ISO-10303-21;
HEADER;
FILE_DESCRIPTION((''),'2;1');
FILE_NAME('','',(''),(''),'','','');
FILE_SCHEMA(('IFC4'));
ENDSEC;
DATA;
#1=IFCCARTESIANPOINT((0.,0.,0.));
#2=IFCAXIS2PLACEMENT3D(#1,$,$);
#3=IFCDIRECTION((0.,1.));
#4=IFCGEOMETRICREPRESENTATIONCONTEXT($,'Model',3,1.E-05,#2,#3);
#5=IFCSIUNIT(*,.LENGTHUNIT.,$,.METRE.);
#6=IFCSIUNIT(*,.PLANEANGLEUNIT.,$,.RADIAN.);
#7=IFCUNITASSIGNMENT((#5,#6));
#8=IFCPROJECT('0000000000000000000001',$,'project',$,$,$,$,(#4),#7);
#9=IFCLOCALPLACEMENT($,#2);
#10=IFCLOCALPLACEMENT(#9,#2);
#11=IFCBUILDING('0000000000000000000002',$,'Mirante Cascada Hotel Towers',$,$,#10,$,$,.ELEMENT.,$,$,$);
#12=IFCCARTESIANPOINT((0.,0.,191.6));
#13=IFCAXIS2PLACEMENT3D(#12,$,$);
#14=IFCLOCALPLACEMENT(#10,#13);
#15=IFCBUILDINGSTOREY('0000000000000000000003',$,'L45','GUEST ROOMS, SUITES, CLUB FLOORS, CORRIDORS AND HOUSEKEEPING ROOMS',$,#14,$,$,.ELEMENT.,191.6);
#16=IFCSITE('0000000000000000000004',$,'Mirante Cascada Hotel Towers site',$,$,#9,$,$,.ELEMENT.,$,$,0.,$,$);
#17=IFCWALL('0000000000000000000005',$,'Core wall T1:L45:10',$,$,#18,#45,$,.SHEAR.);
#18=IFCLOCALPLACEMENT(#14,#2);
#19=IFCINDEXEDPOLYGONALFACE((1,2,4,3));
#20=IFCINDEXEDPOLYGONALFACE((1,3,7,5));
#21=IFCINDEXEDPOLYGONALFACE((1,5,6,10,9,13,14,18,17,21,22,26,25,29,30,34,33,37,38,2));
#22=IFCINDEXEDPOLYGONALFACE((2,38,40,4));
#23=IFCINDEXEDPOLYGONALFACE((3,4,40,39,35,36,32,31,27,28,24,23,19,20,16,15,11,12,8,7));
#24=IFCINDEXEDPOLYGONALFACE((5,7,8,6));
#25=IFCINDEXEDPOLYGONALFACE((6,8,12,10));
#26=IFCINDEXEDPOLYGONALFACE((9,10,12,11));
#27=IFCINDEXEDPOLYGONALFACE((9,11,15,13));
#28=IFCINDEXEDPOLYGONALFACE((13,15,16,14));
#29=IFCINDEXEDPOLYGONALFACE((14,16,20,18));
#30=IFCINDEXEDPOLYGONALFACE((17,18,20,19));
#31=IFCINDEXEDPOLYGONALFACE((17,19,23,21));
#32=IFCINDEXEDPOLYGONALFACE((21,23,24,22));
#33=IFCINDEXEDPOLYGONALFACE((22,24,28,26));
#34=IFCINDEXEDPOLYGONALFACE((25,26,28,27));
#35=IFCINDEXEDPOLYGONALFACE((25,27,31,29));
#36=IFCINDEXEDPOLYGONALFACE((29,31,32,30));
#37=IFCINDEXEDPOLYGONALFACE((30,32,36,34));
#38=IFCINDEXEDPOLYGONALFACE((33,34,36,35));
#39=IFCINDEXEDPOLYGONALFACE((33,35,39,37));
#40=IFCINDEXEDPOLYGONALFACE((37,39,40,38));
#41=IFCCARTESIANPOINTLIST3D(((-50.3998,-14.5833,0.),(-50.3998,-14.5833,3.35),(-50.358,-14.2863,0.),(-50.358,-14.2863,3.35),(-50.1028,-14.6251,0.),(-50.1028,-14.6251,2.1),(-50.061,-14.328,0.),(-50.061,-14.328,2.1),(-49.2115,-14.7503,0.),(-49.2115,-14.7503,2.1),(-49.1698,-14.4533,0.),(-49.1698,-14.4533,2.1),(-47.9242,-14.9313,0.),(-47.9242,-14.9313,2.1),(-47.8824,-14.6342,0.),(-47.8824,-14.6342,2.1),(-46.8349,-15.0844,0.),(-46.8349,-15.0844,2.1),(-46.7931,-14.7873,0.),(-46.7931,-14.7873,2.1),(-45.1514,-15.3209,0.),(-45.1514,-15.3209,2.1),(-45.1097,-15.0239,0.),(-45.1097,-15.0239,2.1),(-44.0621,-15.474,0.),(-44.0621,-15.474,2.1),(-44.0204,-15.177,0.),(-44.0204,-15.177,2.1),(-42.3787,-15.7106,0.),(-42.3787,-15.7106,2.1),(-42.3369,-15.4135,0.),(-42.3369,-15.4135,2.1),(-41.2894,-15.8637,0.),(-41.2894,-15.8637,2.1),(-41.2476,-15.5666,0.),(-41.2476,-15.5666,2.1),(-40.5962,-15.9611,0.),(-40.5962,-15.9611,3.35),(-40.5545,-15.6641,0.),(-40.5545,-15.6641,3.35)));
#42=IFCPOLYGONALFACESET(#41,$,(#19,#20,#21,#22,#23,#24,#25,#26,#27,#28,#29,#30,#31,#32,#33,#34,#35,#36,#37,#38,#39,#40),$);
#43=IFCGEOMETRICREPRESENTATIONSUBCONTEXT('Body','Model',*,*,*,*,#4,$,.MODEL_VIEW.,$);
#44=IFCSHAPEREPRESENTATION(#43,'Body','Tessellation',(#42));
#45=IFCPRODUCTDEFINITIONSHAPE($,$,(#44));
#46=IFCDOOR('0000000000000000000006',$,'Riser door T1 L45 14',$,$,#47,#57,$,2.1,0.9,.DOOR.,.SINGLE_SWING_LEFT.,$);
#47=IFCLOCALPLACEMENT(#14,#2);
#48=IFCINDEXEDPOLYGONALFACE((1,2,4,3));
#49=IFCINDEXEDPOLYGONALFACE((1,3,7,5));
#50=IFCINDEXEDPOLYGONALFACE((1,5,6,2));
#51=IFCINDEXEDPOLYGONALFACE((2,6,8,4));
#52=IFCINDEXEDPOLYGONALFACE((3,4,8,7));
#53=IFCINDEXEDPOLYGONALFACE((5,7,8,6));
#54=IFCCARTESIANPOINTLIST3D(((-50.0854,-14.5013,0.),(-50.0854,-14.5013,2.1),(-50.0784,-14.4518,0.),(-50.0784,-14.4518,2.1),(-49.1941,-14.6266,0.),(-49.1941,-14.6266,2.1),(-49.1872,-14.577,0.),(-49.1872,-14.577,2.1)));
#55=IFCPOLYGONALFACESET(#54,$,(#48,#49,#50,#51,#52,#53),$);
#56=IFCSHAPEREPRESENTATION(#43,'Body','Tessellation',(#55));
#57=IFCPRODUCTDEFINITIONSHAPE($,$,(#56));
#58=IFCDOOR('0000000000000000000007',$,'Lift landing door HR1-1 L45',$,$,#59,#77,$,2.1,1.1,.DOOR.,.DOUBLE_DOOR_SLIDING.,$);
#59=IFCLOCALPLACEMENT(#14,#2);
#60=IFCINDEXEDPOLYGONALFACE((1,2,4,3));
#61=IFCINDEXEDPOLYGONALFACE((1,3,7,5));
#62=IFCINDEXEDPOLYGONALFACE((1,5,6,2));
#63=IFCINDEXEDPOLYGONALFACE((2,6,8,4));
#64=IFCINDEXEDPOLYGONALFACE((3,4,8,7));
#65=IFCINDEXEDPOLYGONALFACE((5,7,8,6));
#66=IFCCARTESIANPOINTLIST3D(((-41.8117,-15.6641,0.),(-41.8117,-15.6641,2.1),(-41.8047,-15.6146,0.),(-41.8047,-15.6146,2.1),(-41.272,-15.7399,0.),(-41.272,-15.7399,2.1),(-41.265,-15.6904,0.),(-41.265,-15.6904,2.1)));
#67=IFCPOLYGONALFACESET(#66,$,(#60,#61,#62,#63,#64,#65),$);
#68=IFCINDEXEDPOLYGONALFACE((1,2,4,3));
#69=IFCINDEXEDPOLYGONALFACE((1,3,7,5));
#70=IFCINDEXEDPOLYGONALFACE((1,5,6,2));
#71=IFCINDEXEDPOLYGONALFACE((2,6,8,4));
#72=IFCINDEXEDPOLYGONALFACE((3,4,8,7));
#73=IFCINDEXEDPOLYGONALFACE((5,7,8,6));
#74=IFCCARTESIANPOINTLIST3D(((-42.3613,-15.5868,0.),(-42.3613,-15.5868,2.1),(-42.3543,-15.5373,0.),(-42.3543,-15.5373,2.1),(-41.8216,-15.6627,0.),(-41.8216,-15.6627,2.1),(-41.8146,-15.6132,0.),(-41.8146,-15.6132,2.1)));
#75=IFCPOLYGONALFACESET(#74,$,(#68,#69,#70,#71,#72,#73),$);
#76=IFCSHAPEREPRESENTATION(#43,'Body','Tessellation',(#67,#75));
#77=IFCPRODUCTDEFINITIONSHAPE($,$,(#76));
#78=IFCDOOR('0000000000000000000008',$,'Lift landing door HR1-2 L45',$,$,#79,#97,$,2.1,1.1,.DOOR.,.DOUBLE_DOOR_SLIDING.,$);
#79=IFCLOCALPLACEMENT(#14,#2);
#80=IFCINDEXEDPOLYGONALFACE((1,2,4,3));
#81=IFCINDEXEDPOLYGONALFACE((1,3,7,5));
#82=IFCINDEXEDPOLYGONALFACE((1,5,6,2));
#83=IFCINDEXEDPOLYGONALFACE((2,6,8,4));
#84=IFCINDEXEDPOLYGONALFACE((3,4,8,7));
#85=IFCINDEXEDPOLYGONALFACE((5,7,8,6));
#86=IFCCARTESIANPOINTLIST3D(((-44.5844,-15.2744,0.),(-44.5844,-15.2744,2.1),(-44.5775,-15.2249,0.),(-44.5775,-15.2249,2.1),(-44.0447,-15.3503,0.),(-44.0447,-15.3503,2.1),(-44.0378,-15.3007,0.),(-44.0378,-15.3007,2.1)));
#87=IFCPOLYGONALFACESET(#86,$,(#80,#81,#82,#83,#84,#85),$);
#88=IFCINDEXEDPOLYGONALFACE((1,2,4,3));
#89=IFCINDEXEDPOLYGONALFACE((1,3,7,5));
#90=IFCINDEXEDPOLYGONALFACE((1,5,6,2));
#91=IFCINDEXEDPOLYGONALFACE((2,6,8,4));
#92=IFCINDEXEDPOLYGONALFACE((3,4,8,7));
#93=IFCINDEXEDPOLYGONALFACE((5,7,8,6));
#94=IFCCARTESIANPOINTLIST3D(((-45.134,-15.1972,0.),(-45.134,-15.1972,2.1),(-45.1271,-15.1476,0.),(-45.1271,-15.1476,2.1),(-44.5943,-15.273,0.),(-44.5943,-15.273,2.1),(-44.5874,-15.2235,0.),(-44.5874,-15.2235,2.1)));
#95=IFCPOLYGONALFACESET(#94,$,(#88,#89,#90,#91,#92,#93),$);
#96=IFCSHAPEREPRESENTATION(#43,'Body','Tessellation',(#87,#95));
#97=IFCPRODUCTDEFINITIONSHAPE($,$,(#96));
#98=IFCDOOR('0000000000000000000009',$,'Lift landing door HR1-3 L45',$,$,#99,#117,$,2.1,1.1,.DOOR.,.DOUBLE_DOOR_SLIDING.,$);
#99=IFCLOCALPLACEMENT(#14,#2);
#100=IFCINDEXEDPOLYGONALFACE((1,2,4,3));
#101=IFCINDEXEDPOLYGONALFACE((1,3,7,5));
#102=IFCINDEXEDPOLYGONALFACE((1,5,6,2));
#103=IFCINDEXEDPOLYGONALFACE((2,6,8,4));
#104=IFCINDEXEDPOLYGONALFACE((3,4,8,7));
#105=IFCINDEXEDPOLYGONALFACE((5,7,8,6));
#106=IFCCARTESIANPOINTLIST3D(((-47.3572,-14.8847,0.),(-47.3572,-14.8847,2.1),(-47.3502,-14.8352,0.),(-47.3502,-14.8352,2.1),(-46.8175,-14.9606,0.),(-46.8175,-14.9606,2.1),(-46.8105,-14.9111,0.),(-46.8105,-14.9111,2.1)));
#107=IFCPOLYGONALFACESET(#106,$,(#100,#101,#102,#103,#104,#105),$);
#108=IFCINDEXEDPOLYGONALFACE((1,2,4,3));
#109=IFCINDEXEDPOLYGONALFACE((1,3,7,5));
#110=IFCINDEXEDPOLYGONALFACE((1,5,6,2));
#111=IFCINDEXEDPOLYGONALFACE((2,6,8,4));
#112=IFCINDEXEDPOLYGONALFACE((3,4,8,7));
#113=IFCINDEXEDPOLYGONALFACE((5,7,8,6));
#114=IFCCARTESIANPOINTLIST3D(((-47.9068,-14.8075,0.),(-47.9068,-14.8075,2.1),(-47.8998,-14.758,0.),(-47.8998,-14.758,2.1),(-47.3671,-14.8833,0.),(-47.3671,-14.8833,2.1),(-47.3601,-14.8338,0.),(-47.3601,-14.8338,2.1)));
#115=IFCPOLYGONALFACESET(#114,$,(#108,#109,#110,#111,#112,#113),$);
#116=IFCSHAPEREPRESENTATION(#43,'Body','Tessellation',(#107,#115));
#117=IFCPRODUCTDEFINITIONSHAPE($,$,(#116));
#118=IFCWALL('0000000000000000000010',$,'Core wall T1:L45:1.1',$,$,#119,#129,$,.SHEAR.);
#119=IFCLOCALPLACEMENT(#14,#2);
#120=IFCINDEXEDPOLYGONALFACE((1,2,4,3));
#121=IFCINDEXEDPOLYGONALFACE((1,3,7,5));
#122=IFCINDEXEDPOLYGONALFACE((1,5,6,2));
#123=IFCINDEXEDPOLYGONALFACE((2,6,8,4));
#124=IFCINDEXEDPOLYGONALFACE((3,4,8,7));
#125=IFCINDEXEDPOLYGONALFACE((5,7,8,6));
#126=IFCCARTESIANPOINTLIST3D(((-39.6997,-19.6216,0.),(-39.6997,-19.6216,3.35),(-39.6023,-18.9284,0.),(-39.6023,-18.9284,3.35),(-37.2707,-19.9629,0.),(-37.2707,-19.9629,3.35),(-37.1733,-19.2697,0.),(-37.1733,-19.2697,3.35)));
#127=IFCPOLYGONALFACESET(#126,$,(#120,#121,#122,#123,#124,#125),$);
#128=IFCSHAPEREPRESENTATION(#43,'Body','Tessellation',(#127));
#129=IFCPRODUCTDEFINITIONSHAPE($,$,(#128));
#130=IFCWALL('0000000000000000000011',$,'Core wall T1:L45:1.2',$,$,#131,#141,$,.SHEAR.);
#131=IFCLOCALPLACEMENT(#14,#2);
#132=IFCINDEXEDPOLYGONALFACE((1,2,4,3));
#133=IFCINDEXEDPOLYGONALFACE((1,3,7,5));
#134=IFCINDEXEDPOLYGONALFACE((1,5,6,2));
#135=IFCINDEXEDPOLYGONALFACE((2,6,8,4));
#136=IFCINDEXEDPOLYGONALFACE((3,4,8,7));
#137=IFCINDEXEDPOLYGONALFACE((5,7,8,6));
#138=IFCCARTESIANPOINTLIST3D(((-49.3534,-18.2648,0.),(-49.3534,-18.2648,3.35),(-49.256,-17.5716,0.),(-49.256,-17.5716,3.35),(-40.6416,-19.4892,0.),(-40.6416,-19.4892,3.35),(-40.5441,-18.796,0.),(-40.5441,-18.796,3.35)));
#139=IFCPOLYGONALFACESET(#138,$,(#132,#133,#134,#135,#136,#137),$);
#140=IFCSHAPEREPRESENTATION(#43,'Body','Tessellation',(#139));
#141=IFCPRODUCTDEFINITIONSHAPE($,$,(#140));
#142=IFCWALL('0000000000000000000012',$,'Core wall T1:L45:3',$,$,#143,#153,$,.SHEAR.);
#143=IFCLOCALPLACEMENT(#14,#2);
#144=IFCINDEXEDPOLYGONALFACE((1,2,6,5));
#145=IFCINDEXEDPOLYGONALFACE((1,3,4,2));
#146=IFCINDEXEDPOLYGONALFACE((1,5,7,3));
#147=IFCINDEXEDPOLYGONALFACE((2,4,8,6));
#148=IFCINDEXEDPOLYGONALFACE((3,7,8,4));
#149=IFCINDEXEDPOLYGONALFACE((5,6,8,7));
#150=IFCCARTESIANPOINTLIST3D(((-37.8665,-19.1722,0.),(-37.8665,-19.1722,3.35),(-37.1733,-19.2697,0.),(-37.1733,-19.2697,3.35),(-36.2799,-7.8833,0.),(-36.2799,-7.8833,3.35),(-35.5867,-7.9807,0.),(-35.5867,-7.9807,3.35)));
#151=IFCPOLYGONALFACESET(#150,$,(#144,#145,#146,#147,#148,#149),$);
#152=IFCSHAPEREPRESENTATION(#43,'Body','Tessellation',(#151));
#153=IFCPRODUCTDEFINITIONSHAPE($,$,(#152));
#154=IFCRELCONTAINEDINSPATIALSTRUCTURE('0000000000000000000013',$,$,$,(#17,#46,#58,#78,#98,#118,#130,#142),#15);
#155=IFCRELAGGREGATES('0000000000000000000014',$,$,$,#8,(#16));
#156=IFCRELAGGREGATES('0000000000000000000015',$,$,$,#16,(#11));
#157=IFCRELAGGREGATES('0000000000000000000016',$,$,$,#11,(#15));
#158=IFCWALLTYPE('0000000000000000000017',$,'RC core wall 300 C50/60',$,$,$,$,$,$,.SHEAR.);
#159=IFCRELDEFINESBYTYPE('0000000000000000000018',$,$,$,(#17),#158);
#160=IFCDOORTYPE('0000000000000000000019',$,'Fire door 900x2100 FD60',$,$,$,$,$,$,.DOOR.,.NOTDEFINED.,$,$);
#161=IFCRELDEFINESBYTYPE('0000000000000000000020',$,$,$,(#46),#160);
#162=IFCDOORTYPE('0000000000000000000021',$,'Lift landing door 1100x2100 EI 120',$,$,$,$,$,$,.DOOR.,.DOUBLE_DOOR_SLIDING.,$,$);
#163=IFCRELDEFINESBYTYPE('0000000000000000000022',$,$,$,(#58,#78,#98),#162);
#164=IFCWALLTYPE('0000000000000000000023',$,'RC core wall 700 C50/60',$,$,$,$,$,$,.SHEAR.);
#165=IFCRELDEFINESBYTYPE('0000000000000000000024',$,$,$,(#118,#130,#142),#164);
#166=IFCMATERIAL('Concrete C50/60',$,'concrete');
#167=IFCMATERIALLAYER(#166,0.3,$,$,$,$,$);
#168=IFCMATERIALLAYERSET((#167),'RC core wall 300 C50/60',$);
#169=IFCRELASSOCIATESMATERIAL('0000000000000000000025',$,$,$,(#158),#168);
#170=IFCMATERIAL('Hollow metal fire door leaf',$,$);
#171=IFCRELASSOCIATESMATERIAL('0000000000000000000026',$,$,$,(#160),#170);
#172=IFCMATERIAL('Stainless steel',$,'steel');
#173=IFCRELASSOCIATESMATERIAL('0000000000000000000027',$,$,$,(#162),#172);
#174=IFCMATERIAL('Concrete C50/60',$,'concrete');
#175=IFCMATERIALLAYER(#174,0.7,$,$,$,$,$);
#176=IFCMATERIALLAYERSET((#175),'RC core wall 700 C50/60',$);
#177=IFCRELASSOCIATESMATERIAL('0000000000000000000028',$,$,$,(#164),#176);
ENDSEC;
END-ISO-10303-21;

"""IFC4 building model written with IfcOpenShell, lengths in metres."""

from ifc_helpers import new_model, si_unit, direction, frame, frame_2d, origin, place, context, subcontext, project, spatial, rectangle, extrude, material, layer, layer_set, type_object, element, fill, save


model = new_model("IFC4")

# Units and contexts
model_context = context("Model", 3, precision=1e-05, world=origin(), true_north=direction((0.0, 1.0)))
body_context = subcontext(model_context, "Body", "Model", "MODEL_VIEW")
ifc_project = project(units=[si_unit("LENGTHUNIT", "METRE"), si_unit("PLANEANGLEUNIT", "RADIAN")], contexts=[model_context])

# Site, building, storey
site_placement = place(None, origin())
site = spatial("IfcSite", under=ifc_project, at=site_placement, Name="Mirante Cascada Hotel Towers site", CompositionType="ELEMENT", RefElevation=0.0)
building_placement = place(site_placement, origin())
building = spatial("IfcBuilding", under=site, at=building_placement, Name="Mirante Cascada Hotel Towers", CompositionType="ELEMENT")
storey_placement = place(building_placement, frame((0.0, 0.0, 191.6)))
storey = spatial("IfcBuildingStorey", under=building, at=storey_placement, Name="L45", Description="GUEST ROOMS, SUITES, CLUB FLOORS, CORRIDORS AND HOUSEKEEPING ROOMS", CompositionType="ELEMENT", Elevation=191.6)

# Shared definitions
ifc_material_1 = material(Name="Concrete C50/60", Category="concrete")
ifc_layer_1 = layer(ifc_material_1, 0.3)
ifc_layer_set_1 = layer_set([ifc_layer_1], Name="RC core wall 300 C50/60")
wall_type_1 = type_object("IfcWallType", Name="RC core wall 300 C50/60", PredefinedType="SHEAR", material=ifc_layer_set_1)

# Wall, openings, doors
wall_1_placement = place(storey_placement, frame((-40.5753, -15.8126, 0.0), z_axis=(0.0, 0.0, 1.0), x_axis=(-0.990268, 0.139173, 0.0)))
wall_1 = element("IfcWall", 1, at=wall_1_placement, inside=storey, type_object=wall_type_1, Name="Core wall T1:L45:10", PredefinedType="SHEAR", context=body_context, shape_type="SweptSolid", body=[
    extrude(rectangle(XDim=9.8999, YDim=0.3, at=frame_2d((4.95, 0.0))), origin(), (0.0, 0.0, 1.0), 3.35),
])
opening_1_placement = place(wall_1_placement, frame((0.7, 0.0, 0.0)))
opening_1 = element("IfcOpeningElement", 2, at=opening_1_placement, cuts=wall_1, PredefinedType="OPENING", context=body_context, shape_type="SweptSolid", body=[
    extrude(rectangle(XDim=1.1, YDim=2.1, at=frame_2d((0.55, 1.05))), frame((0.0, 0.15, 0.0), z_axis=(0.0, -1.0, 0.0), x_axis=(1.0, 0.0, 0.0)), (0.0, 0.0, 1.0), 0.3),
])
opening_2_placement = place(wall_1_placement, frame((3.5, 0.0, 0.0)))
opening_2 = element("IfcOpeningElement", 3, at=opening_2_placement, cuts=wall_1, PredefinedType="OPENING", context=body_context, shape_type="SweptSolid", body=[
    extrude(rectangle(XDim=1.1, YDim=2.1, at=frame_2d((0.55, 1.05))), frame((0.0, 0.15, 0.0), z_axis=(0.0, -1.0, 0.0), x_axis=(1.0, 0.0, 0.0)), (0.0, 0.0, 1.0), 0.3),
])
opening_3_placement = place(wall_1_placement, frame((6.3, 0.0, 0.0)))
opening_3 = element("IfcOpeningElement", 4, at=opening_3_placement, cuts=wall_1, PredefinedType="OPENING", context=body_context, shape_type="SweptSolid", body=[
    extrude(rectangle(XDim=1.1, YDim=2.1, at=frame_2d((0.55, 1.05))), frame((0.0, 0.15, 0.0), z_axis=(0.0, -1.0, 0.0), x_axis=(1.0, 0.0, 0.0)), (0.0, 0.0, 1.0), 0.3),
])
opening_4_placement = place(wall_1_placement, frame((8.7, 0.0, 0.0)))
opening_4 = element("IfcOpeningElement", 5, at=opening_4_placement, cuts=wall_1, PredefinedType="OPENING", context=body_context, shape_type="SweptSolid", body=[
    extrude(rectangle(XDim=0.9, YDim=2.1, at=frame_2d((0.45, 1.05))), frame((0.0, 0.15, 0.0), z_axis=(0.0, -1.0, 0.0), x_axis=(1.0, 0.0, 0.0)), (0.0, 0.0, 1.0), 0.3),
])
ifc_material_2 = material(Name="Hollow metal fire door leaf")
door_type_1 = type_object("IfcDoorType", Name="Fire door 900x2100 FD60", OperationType="NOTDEFINED", PredefinedType="DOOR", material=ifc_material_2)
door_1_placement = place(opening_4_placement, origin())
door_1 = element("IfcDoor", 6, at=door_1_placement, inside=storey, type_object=door_type_1, Name="Riser door T1 L45 14", OperationType="SINGLE_SWING_LEFT", OverallHeight=2.1, OverallWidth=0.9, PredefinedType="DOOR", context=body_context, shape_type="SweptSolid", body=[
    extrude(rectangle(XDim=0.9, YDim=2.1, at=frame_2d((0.45, 1.05))), frame((0.0, 0.025, 0.0), z_axis=(0.0, -1.0, 0.0), x_axis=(1.0, 0.0, 0.0)), (0.0, 0.0, 1.0), 0.05),
])
fill(opening_4, door_1)
ifc_material_3 = material(Name="Stainless steel", Category="steel")
door_type_2 = type_object("IfcDoorType", Name="Lift landing door 1100x2100 EI 120", OperationType="DOUBLE_DOOR_SLIDING", PredefinedType="DOOR", material=ifc_material_3)
door_2_placement = place(opening_1_placement, origin())
door_2 = element("IfcDoor", 7, at=door_2_placement, inside=storey, type_object=door_type_2, Name="Lift landing door HR1-1 L45", OperationType="DOUBLE_DOOR_SLIDING", OverallHeight=2.1, OverallWidth=1.1, PredefinedType="DOOR", context=body_context, shape_type="SweptSolid", body=[
    extrude(rectangle(XDim=0.545, YDim=2.1, at=frame_2d((0.2725, 1.05))), frame((0.0, 0.025, 0.0), z_axis=(0.0, -1.0, 0.0), x_axis=(1.0, 0.0, 0.0)), (0.0, 0.0, 1.0), 0.05),
    extrude(rectangle(XDim=0.545, YDim=2.1, at=frame_2d((0.8275, 1.05))), frame((0.0, 0.025, 0.0), z_axis=(0.0, -1.0, 0.0), x_axis=(1.0, 0.0, 0.0)), (0.0, 0.0, 1.0), 0.05),
])
fill(opening_1, door_2)
door_3_placement = place(opening_2_placement, origin())
door_3 = element("IfcDoor", 8, at=door_3_placement, inside=storey, type_object=door_type_2, Name="Lift landing door HR1-2 L45", OperationType="DOUBLE_DOOR_SLIDING", OverallHeight=2.1, OverallWidth=1.1, PredefinedType="DOOR", context=body_context, shape_type="SweptSolid", body=[
    extrude(rectangle(XDim=0.545, YDim=2.1, at=frame_2d((0.2725, 1.05))), frame((0.0, 0.025, 0.0), z_axis=(0.0, -1.0, 0.0), x_axis=(1.0, 0.0, 0.0)), (0.0, 0.0, 1.0), 0.05),
    extrude(rectangle(XDim=0.545, YDim=2.1, at=frame_2d((0.8275, 1.05))), frame((0.0, 0.025, 0.0), z_axis=(0.0, -1.0, 0.0), x_axis=(1.0, 0.0, 0.0)), (0.0, 0.0, 1.0), 0.05),
])
fill(opening_2, door_3)
door_4_placement = place(opening_3_placement, origin())
door_4 = element("IfcDoor", 9, at=door_4_placement, inside=storey, type_object=door_type_2, Name="Lift landing door HR1-3 L45", OperationType="DOUBLE_DOOR_SLIDING", OverallHeight=2.1, OverallWidth=1.1, PredefinedType="DOOR", context=body_context, shape_type="SweptSolid", body=[
    extrude(rectangle(XDim=0.545, YDim=2.1, at=frame_2d((0.2725, 1.05))), frame((0.0, 0.025, 0.0), z_axis=(0.0, -1.0, 0.0), x_axis=(1.0, 0.0, 0.0)), (0.0, 0.0, 1.0), 0.05),
    extrude(rectangle(XDim=0.545, YDim=2.1, at=frame_2d((0.8275, 1.05))), frame((0.0, 0.025, 0.0), z_axis=(0.0, -1.0, 0.0), x_axis=(1.0, 0.0, 0.0)), (0.0, 0.0, 1.0), 0.05),
])
fill(opening_3, door_4)

# Walls
ifc_material_4 = material(Name="Concrete C50/60", Category="concrete")
ifc_layer_2 = layer(ifc_material_4, 0.7)
ifc_layer_set_2 = layer_set([ifc_layer_2], Name="RC core wall 700 C50/60")
wall_type_2 = type_object("IfcWallType", Name="RC core wall 700 C50/60", PredefinedType="SHEAR", material=ifc_layer_set_2)
wall_2_placement = place(storey_placement, frame((-37.222, -19.6163, 0.0), z_axis=(0.0, 0.0, 1.0), x_axis=(-0.990272, 0.139144, 0.0)))
element("IfcWall", 10, at=wall_2_placement, inside=storey, type_object=wall_type_2, Name="Core wall T1:L45:1.1", PredefinedType="SHEAR", context=body_context, shape_type="SweptSolid", body=[
    extrude(rectangle(XDim=2.4529, YDim=0.7, at=frame_2d((1.2264, 0.0))), origin(), (0.0, 0.0, 1.0), 3.35),
])
wall_3_placement = place(storey_placement, frame((-40.5928, -19.1426, 0.0), z_axis=(0.0, 0.0, 1.0), x_axis=(-0.990268, 0.139176, 0.0)))
element("IfcWall", 11, at=wall_3_placement, inside=storey, type_object=wall_type_2, Name="Core wall T1:L45:1.2", PredefinedType="SHEAR", context=body_context, shape_type="SweptSolid", body=[
    extrude(rectangle(XDim=8.7975, YDim=0.7, at=frame_2d((4.3988, 0.0))), origin(), (0.0, 0.0, 1.0), 3.35),
])

# Wall
wall_4_placement = place(storey_placement, frame((-37.5199, -19.221, 0.0), z_axis=(0.0, 0.0, 1.0), x_axis=(0.139176, 0.990268, 0.0)))
element("IfcWall", 12, at=wall_4_placement, inside=storey, type_object=wall_type_2, Name="Core wall T1:L45:3", PredefinedType="SHEAR", context=body_context, shape_type="SweptSolid", body=[
    extrude(rectangle(XDim=11.3999, YDim=0.7, at=frame_2d((5.7, 0.0))), origin(), (0.0, 0.0, 1.0), 3.35),
])

save(model, "model.ifc")
